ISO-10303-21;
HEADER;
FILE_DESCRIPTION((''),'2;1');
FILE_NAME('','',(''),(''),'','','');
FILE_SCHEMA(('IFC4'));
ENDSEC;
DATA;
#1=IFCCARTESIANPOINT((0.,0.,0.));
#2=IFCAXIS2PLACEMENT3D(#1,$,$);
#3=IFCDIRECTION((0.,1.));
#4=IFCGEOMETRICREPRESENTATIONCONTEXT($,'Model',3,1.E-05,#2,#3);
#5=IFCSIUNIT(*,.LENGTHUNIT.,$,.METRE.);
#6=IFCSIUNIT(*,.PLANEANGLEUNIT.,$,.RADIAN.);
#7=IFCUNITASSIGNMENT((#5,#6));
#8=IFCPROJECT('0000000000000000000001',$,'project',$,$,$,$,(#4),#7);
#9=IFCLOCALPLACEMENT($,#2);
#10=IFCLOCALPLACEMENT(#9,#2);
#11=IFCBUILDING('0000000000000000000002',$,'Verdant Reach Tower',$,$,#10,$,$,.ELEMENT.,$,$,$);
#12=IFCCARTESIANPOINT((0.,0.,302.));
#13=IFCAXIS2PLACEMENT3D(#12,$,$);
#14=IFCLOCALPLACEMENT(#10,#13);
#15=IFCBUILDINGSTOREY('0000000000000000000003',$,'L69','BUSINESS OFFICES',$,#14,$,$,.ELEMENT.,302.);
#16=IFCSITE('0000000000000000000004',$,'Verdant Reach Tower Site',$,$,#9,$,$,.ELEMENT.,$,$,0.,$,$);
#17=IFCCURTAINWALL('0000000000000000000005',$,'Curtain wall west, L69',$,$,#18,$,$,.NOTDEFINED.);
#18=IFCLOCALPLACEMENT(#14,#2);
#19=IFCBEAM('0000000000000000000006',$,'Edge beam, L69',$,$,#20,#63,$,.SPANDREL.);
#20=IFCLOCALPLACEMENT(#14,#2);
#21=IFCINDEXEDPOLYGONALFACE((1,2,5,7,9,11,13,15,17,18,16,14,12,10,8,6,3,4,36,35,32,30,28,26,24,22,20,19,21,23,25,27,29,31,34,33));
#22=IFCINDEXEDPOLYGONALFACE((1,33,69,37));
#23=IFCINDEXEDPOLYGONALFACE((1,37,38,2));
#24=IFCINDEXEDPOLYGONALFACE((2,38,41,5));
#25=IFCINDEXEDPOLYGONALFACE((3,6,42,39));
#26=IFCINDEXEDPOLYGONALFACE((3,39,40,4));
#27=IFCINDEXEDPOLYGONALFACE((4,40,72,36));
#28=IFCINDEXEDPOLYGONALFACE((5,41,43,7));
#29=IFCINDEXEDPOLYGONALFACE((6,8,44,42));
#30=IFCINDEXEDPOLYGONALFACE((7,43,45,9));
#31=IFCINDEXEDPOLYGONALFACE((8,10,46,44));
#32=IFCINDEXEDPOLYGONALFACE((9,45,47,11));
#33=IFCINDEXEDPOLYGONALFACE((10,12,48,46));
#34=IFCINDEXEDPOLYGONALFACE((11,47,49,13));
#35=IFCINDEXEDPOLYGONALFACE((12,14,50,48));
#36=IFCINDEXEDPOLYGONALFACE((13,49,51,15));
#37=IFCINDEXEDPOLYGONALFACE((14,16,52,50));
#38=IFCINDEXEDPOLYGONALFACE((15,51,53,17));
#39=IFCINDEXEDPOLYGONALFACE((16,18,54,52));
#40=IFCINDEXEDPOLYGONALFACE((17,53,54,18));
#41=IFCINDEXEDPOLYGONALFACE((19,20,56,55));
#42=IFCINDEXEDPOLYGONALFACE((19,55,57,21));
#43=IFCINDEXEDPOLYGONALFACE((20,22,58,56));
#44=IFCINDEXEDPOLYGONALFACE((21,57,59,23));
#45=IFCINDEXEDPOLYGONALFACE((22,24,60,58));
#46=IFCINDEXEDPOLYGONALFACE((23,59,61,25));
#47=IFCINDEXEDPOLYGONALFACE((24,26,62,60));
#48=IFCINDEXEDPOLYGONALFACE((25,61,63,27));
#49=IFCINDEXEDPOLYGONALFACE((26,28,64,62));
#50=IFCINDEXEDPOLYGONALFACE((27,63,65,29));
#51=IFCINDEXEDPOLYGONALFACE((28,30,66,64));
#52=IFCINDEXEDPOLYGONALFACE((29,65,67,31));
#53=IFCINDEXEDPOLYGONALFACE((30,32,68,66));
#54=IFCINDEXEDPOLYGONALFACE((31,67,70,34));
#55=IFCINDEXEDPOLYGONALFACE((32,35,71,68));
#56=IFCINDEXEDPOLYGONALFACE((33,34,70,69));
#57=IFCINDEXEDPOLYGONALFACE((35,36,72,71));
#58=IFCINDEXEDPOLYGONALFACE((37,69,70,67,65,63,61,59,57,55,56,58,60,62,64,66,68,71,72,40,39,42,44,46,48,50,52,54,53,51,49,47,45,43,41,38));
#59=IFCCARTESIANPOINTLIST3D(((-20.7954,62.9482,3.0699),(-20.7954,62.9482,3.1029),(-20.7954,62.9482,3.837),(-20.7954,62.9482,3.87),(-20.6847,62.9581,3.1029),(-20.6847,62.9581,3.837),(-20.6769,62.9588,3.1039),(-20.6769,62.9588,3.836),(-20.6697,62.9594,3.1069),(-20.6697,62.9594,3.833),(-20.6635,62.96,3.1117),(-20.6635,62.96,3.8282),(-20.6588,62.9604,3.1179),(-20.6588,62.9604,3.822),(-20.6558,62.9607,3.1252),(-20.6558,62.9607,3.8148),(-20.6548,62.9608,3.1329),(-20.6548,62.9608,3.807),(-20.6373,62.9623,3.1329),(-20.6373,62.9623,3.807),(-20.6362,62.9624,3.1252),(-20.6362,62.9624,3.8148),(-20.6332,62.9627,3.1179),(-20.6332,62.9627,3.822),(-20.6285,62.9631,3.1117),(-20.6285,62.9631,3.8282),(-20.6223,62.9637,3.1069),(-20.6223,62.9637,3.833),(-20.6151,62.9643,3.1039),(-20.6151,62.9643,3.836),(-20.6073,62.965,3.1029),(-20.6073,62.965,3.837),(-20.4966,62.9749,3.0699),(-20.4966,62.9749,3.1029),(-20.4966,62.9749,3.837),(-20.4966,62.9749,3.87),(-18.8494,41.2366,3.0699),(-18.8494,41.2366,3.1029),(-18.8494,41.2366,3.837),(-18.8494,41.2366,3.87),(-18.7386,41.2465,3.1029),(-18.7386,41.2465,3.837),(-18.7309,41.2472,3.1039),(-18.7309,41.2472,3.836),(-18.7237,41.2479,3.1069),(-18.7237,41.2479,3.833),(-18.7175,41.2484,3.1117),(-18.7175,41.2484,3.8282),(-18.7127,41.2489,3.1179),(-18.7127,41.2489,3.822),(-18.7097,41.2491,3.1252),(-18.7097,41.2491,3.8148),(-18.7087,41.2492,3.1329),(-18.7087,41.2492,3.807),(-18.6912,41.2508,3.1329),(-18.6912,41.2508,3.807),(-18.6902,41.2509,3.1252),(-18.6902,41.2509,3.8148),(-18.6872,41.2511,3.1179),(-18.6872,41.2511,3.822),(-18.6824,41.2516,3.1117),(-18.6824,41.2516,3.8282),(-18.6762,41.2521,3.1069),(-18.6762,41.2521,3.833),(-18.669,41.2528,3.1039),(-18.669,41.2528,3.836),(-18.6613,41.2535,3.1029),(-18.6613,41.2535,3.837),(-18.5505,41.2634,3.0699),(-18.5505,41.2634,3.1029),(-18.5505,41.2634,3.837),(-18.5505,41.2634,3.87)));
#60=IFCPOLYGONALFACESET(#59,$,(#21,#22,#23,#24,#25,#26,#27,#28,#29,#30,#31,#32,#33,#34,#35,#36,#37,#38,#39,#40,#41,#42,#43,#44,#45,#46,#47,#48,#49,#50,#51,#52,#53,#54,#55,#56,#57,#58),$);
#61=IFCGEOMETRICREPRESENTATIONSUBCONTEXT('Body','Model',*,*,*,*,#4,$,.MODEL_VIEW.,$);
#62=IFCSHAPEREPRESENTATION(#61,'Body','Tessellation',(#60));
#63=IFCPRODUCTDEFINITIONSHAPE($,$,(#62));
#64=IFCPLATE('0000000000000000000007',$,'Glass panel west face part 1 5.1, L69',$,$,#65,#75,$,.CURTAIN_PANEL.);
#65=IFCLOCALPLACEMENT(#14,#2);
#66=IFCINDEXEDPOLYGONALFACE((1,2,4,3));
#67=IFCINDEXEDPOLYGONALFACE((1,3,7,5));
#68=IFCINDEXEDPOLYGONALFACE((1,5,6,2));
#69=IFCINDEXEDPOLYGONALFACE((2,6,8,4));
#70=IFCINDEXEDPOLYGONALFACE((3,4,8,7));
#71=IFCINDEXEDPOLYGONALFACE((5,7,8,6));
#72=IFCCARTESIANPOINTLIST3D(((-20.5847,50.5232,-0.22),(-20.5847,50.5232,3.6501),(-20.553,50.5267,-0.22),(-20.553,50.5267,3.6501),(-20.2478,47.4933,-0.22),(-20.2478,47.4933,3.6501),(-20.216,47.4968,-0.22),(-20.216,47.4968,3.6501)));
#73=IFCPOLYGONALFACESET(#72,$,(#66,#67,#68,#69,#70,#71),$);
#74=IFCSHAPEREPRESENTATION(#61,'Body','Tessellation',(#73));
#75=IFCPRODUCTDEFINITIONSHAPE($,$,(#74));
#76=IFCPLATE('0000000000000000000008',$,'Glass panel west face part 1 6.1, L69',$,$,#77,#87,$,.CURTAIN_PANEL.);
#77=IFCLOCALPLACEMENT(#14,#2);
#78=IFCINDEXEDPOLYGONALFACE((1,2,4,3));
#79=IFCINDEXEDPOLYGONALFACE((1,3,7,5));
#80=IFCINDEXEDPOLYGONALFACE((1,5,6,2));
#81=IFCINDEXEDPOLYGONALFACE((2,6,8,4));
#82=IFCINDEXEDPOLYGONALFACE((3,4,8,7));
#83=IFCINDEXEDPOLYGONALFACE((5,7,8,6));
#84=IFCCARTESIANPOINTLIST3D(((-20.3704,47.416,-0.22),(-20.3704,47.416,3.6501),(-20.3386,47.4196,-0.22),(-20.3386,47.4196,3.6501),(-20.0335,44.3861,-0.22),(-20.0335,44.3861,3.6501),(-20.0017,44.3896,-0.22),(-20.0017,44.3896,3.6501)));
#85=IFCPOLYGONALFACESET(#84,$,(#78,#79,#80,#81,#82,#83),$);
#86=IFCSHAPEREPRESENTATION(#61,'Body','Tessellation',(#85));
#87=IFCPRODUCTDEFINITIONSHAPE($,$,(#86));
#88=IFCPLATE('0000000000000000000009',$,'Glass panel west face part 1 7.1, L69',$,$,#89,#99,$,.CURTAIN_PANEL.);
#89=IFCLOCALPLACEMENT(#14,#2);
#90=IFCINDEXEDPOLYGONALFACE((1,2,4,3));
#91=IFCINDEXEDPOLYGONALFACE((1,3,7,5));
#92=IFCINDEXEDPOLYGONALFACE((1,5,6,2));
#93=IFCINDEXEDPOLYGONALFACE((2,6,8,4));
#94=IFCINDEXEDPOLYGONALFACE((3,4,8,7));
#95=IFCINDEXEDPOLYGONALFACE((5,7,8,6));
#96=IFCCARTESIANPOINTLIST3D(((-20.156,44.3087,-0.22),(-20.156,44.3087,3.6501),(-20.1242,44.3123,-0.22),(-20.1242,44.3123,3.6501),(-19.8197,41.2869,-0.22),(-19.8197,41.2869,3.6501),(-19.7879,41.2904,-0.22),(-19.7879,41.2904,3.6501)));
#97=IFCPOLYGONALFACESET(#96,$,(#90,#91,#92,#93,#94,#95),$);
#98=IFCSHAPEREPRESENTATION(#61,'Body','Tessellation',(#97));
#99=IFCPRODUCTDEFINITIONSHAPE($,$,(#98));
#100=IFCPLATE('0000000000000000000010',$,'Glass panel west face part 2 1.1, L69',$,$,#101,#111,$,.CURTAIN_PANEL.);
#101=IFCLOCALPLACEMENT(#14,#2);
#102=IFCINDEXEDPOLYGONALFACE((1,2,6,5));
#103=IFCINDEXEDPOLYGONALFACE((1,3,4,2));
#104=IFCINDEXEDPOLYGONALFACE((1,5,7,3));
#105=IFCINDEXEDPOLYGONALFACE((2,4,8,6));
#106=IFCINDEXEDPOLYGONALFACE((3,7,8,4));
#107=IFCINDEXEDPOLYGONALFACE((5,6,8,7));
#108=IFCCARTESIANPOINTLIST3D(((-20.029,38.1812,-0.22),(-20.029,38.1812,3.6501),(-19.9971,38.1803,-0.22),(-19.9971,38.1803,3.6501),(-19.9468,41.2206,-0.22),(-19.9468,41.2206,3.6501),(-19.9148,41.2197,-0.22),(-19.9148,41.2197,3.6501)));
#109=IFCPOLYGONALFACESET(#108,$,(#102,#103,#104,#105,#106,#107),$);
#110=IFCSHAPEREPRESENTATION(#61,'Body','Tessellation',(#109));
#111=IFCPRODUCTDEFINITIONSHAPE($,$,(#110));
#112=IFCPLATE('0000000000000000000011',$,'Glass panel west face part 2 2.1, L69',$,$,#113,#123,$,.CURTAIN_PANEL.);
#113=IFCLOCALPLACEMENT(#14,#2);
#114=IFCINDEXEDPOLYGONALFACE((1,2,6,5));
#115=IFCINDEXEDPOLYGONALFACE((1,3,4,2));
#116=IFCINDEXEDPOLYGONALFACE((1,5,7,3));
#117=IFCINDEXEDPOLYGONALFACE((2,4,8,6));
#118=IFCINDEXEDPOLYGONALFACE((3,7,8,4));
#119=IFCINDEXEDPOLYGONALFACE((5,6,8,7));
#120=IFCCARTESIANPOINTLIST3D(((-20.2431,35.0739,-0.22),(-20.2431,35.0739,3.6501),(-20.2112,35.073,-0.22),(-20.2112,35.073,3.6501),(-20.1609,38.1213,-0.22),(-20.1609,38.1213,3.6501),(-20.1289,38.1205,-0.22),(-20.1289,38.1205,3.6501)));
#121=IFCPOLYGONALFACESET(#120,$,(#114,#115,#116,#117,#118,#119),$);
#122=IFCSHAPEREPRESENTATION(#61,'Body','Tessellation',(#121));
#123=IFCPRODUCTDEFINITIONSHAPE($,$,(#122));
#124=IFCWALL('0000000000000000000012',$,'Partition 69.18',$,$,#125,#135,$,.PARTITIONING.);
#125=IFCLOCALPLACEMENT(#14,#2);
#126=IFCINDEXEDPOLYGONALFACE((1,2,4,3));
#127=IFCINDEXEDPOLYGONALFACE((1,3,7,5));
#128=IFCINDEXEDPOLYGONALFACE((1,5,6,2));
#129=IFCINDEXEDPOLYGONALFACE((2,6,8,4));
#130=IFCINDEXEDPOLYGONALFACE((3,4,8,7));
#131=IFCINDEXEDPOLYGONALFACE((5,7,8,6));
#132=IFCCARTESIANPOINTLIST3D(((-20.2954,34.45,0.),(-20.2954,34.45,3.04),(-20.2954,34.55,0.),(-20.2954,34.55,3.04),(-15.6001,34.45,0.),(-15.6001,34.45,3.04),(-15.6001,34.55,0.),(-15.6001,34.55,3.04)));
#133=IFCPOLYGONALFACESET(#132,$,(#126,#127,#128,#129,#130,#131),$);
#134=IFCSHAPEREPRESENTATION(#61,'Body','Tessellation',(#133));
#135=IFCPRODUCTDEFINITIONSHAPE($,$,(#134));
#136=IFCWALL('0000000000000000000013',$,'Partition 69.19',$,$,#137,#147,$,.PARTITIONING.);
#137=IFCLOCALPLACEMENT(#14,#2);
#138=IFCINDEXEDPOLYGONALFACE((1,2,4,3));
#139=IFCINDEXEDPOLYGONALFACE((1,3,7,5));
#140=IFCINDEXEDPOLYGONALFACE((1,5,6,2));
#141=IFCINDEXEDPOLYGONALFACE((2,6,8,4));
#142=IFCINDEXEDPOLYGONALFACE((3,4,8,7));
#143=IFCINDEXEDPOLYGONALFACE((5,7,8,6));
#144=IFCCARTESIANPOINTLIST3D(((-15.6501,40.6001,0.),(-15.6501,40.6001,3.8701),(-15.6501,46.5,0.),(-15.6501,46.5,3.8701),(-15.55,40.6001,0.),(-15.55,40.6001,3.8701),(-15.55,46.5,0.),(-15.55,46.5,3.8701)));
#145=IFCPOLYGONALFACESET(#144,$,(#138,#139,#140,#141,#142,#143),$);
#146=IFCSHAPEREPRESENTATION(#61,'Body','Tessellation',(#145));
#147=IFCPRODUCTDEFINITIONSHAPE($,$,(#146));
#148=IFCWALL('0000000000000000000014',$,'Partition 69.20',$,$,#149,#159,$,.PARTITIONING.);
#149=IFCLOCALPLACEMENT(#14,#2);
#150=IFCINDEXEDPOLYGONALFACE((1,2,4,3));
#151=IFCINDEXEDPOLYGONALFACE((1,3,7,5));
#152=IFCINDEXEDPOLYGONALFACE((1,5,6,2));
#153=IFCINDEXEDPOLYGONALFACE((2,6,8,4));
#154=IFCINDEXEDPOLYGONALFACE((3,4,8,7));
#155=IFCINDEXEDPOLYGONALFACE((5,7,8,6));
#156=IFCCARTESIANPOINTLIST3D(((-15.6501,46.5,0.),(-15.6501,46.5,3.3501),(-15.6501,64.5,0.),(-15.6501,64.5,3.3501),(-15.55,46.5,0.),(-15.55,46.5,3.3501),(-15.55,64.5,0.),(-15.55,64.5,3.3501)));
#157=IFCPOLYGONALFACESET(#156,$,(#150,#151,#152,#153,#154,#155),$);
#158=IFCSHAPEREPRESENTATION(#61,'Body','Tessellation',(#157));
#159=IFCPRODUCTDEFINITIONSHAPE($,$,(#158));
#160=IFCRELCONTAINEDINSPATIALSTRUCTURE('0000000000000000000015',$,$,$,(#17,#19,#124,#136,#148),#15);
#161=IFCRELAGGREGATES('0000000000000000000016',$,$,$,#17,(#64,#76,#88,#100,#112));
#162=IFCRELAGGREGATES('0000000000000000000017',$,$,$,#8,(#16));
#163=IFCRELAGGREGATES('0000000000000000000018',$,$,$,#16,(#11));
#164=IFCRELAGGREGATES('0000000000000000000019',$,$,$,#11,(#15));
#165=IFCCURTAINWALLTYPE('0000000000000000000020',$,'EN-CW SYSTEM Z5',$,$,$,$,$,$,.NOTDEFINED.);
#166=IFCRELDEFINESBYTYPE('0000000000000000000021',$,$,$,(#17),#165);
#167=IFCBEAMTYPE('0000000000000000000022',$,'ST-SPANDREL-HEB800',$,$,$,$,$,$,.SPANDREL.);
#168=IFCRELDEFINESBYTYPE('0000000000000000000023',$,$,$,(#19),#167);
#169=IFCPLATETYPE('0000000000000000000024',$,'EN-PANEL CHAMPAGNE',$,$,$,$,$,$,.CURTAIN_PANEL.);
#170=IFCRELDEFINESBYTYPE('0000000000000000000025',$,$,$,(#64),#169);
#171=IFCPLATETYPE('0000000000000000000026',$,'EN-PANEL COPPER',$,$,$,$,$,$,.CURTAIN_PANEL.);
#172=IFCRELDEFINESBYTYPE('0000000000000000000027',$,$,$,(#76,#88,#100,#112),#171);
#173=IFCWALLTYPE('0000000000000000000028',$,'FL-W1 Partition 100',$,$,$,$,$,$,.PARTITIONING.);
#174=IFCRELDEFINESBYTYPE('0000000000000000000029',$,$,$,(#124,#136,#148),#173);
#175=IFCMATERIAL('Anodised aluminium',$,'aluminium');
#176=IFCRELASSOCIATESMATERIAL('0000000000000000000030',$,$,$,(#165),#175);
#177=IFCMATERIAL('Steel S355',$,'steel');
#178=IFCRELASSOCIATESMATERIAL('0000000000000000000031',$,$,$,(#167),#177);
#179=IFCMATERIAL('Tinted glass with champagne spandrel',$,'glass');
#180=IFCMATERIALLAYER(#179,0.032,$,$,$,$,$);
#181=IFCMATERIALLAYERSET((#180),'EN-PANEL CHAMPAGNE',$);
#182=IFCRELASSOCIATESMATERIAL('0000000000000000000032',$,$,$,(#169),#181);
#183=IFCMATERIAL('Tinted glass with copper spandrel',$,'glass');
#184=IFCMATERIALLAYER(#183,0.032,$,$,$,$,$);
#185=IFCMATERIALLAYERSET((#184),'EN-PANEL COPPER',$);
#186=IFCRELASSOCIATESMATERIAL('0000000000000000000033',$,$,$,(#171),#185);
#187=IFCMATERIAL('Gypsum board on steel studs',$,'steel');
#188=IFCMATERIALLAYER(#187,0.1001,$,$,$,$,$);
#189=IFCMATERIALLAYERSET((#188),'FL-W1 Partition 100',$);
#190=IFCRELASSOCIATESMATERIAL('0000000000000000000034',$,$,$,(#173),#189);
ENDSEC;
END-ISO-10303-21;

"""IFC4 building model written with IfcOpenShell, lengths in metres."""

from ifc_helpers import new_model, si_unit, direction, frame, frame_2d, origin, origin_2d, place, context, subcontext, project, spatial, rectangle, i_section, extrude, material, layer, layer_set, material_profile, profile_set, type_object, element, aggregate, save


model = new_model("IFC4")

# Units and contexts
model_context = context("Model", 3, precision=1e-05, world=origin(), true_north=direction((0.0, 1.0)))
body_context = subcontext(model_context, "Body", "Model", "MODEL_VIEW")
ifc_project = project(units=[si_unit("LENGTHUNIT", "METRE"), si_unit("PLANEANGLEUNIT", "RADIAN")], contexts=[model_context])

# Site, building, storey
site_placement = place(None, origin())
site = spatial("IfcSite", under=ifc_project, at=site_placement, Name="Verdant Reach Tower Site", CompositionType="ELEMENT", RefElevation=0.0)
building_placement = place(site_placement, origin())
building = spatial("IfcBuilding", under=site, at=building_placement, Name="Verdant Reach Tower", CompositionType="ELEMENT")
storey_placement = place(building_placement, frame((0.0, 0.0, 302.0)))
storey = spatial("IfcBuildingStorey", under=building, at=storey_placement, Name="L69", Description="BUSINESS OFFICES", CompositionType="ELEMENT", Elevation=302.0)

# Curtain wall
ifc_material_1 = material(Name="Anodised aluminium", Category="aluminium")
curtain_wall_type = type_object("IfcCurtainWallType", Name="EN-CW SYSTEM Z5", PredefinedType="NOTDEFINED", material=ifc_material_1)
curtain_wall_placement = place(storey_placement, origin())
curtain_wall = element("IfcCurtainWall", 1, at=curtain_wall_placement, inside=storey, type_object=curtain_wall_type, Name="Curtain wall west, L69", PredefinedType="NOTDEFINED")

# Beam
ifc_material_2 = material(Name="Steel S355", Category="steel")
ifc_material_profile_1 = material_profile(ifc_material_2, i_section(OverallWidth=0.3, OverallDepth=0.8, WebThickness=0.0176, FlangeThickness=0.033, FilletRadius=0.03, at=origin_2d()), Name="HEB 800")
ifc_profile_set_1 = profile_set([ifc_material_profile_1], Name="Steel S355")
beam_type_1 = type_object("IfcBeamType", Name="ST-SPANDREL-HEB800", PredefinedType="SPANDREL", material=ifc_profile_set_1)
beam_1_placement = place(storey_placement, frame((-18.7, 41.25, 3.47), z_axis=(-0.089274, 0.996007, 0.0), x_axis=(-0.996007, -0.089274, 0.0)))
element("IfcBeam", 2, at=beam_1_placement, inside=storey, type_object=beam_type_1, Name="Edge beam, L69", PredefinedType="SPANDREL", context=body_context, shape_type="SweptSolid", body=[
    extrude(i_section(OverallWidth=0.3, OverallDepth=0.8, WebThickness=0.0176, FlangeThickness=0.033, FilletRadius=0.03, at=origin_2d()), origin(), (0.0, 0.0, 1.0), 21.7986),
])

# Plates
ifc_material_3 = material(Name="Tinted glass with champagne spandrel", Category="glass")
ifc_layer_1 = layer(ifc_material_3, 0.032)
ifc_layer_set_1 = layer_set([ifc_layer_1], Name="EN-PANEL CHAMPAGNE")
plate_type_1 = type_object("IfcPlateType", Name="EN-PANEL CHAMPAGNE", PredefinedType="CURTAIN_PANEL", material=ifc_layer_set_1)
plate_1_placement = place(storey_placement, frame((-20.4004, 49.01, -0.22), z_axis=(0.0, 0.0, 1.0), x_axis=(0.110518, -0.993874, 0.0)))
plate_1 = element("IfcPlate", 3, at=plate_1_placement, type_object=plate_type_1, Name="Glass panel west face part 1 5.1, L69", PredefinedType="CURTAIN_PANEL", context=body_context, shape_type="SweptSolid", body=[
    extrude(rectangle(XDim=3.0486, YDim=0.032, at=origin_2d()), origin(), (0.0, 0.0, 1.0), 3.8701),
])
ifc_material_4 = material(Name="Tinted glass with copper spandrel", Category="glass")
ifc_layer_2 = layer(ifc_material_4, 0.032)
ifc_layer_set_2 = layer_set([ifc_layer_2], Name="EN-PANEL COPPER")
plate_type_2 = type_object("IfcPlateType", Name="EN-PANEL COPPER", PredefinedType="CURTAIN_PANEL", material=ifc_layer_set_2)
plate_2_placement = place(storey_placement, frame((-20.186, 45.9028, -0.22), z_axis=(0.0, 0.0, 1.0), x_axis=(0.110518, -0.993874, 0.0)))
plate_2 = element("IfcPlate", 4, at=plate_2_placement, type_object=plate_type_2, Name="Glass panel west face part 1 6.1, L69", PredefinedType="CURTAIN_PANEL", context=body_context, shape_type="SweptSolid", body=[
    extrude(rectangle(XDim=3.0486, YDim=0.032, at=origin_2d()), origin(), (0.0, 0.0, 1.0), 3.8701),
])
plate_3_placement = place(storey_placement, frame((-19.9719, 42.7996, -0.22), z_axis=(0.0, 0.0, 1.0), x_axis=(0.110605, -0.993864, 0.0)))
plate_3 = element("IfcPlate", 5, at=plate_3_placement, type_object=plate_type_2, Name="Glass panel west face part 1 7.1, L69", PredefinedType="CURTAIN_PANEL", context=body_context, shape_type="SweptSolid", body=[
    extrude(rectangle(XDim=3.0405, YDim=0.032, at=origin_2d()), origin(), (0.0, 0.0, 1.0), 3.8701),
])
plate_4_placement = place(storey_placement, frame((-19.9719, 39.7004, -0.22), z_axis=(0.0, 0.0, 1.0), x_axis=(-0.027053, -0.999634, 0.0)))
plate_4 = element("IfcPlate", 6, at=plate_4_placement, type_object=plate_type_2, Name="Glass panel west face part 2 1.1, L69", PredefinedType="CURTAIN_PANEL", context=body_context, shape_type="SweptSolid", body=[
    extrude(rectangle(XDim=3.0405, YDim=0.032, at=origin_2d()), origin(), (0.0, 0.0, 1.0), 3.8701),
])
plate_5_placement = place(storey_placement, frame((-20.186, 36.5972, -0.22), z_axis=(0.0, 0.0, 1.0), x_axis=(-0.026965, -0.999636, 0.0)))
plate_5 = element("IfcPlate", 7, at=plate_5_placement, type_object=plate_type_2, Name="Glass panel west face part 2 2.1, L69", PredefinedType="CURTAIN_PANEL", context=body_context, shape_type="SweptSolid", body=[
    extrude(rectangle(XDim=3.0486, YDim=0.032, at=origin_2d()), origin(), (0.0, 0.0, 1.0), 3.8701),
])
aggregate(curtain_wall, [plate_1, plate_2, plate_3, plate_4, plate_5])

# Walls
ifc_material_5 = material(Name="Gypsum board on steel studs", Category="steel")
ifc_layer_3 = layer(ifc_material_5, 0.1001)
ifc_layer_set_3 = layer_set([ifc_layer_3], Name="FL-W1 Partition 100")
wall_type_1 = type_object("IfcWallType", Name="FL-W1 Partition 100", PredefinedType="PARTITIONING", material=ifc_layer_set_3)
wall_1_placement = place(storey_placement, frame((-15.6001, 34.5, 0.0), z_axis=(0.0, 0.0, 1.0), x_axis=(-1.0, 0.0, 0.0)))
element("IfcWall", 8, at=wall_1_placement, inside=storey, type_object=wall_type_1, Name="Partition 69.18", PredefinedType="PARTITIONING", context=body_context, shape_type="SweptSolid", body=[
    extrude(rectangle(XDim=4.6953, YDim=0.1001, at=frame_2d((2.3477, 0.0))), origin(), (0.0, 0.0, 1.0), 3.04),
])
wall_2_placement = place(storey_placement, frame((-15.6001, 40.6001, 0.0), z_axis=(0.0, 0.0, 1.0), x_axis=(0.0, 1.0, 0.0)))
element("IfcWall", 9, at=wall_2_placement, inside=storey, type_object=wall_type_1, Name="Partition 69.19", PredefinedType="PARTITIONING", context=body_context, shape_type="SweptSolid", body=[
    extrude(rectangle(XDim=5.8999, YDim=0.1001, at=frame_2d((2.95, 0.0))), origin(), (0.0, 0.0, 1.0), 3.8701),
])
wall_3_placement = place(storey_placement, frame((-15.6001, 46.5, 0.0), z_axis=(0.0, 0.0, 1.0), x_axis=(0.0, 1.0, 0.0)))
element("IfcWall", 10, at=wall_3_placement, inside=storey, type_object=wall_type_1, Name="Partition 69.20", PredefinedType="PARTITIONING", context=body_context, shape_type="SweptSolid", body=[
    extrude(rectangle(XDim=18.0, YDim=0.1001, at=frame_2d((9.0, 0.0))), origin(), (0.0, 0.0, 1.0), 3.3501),
])

save(model, "model.ifc")
